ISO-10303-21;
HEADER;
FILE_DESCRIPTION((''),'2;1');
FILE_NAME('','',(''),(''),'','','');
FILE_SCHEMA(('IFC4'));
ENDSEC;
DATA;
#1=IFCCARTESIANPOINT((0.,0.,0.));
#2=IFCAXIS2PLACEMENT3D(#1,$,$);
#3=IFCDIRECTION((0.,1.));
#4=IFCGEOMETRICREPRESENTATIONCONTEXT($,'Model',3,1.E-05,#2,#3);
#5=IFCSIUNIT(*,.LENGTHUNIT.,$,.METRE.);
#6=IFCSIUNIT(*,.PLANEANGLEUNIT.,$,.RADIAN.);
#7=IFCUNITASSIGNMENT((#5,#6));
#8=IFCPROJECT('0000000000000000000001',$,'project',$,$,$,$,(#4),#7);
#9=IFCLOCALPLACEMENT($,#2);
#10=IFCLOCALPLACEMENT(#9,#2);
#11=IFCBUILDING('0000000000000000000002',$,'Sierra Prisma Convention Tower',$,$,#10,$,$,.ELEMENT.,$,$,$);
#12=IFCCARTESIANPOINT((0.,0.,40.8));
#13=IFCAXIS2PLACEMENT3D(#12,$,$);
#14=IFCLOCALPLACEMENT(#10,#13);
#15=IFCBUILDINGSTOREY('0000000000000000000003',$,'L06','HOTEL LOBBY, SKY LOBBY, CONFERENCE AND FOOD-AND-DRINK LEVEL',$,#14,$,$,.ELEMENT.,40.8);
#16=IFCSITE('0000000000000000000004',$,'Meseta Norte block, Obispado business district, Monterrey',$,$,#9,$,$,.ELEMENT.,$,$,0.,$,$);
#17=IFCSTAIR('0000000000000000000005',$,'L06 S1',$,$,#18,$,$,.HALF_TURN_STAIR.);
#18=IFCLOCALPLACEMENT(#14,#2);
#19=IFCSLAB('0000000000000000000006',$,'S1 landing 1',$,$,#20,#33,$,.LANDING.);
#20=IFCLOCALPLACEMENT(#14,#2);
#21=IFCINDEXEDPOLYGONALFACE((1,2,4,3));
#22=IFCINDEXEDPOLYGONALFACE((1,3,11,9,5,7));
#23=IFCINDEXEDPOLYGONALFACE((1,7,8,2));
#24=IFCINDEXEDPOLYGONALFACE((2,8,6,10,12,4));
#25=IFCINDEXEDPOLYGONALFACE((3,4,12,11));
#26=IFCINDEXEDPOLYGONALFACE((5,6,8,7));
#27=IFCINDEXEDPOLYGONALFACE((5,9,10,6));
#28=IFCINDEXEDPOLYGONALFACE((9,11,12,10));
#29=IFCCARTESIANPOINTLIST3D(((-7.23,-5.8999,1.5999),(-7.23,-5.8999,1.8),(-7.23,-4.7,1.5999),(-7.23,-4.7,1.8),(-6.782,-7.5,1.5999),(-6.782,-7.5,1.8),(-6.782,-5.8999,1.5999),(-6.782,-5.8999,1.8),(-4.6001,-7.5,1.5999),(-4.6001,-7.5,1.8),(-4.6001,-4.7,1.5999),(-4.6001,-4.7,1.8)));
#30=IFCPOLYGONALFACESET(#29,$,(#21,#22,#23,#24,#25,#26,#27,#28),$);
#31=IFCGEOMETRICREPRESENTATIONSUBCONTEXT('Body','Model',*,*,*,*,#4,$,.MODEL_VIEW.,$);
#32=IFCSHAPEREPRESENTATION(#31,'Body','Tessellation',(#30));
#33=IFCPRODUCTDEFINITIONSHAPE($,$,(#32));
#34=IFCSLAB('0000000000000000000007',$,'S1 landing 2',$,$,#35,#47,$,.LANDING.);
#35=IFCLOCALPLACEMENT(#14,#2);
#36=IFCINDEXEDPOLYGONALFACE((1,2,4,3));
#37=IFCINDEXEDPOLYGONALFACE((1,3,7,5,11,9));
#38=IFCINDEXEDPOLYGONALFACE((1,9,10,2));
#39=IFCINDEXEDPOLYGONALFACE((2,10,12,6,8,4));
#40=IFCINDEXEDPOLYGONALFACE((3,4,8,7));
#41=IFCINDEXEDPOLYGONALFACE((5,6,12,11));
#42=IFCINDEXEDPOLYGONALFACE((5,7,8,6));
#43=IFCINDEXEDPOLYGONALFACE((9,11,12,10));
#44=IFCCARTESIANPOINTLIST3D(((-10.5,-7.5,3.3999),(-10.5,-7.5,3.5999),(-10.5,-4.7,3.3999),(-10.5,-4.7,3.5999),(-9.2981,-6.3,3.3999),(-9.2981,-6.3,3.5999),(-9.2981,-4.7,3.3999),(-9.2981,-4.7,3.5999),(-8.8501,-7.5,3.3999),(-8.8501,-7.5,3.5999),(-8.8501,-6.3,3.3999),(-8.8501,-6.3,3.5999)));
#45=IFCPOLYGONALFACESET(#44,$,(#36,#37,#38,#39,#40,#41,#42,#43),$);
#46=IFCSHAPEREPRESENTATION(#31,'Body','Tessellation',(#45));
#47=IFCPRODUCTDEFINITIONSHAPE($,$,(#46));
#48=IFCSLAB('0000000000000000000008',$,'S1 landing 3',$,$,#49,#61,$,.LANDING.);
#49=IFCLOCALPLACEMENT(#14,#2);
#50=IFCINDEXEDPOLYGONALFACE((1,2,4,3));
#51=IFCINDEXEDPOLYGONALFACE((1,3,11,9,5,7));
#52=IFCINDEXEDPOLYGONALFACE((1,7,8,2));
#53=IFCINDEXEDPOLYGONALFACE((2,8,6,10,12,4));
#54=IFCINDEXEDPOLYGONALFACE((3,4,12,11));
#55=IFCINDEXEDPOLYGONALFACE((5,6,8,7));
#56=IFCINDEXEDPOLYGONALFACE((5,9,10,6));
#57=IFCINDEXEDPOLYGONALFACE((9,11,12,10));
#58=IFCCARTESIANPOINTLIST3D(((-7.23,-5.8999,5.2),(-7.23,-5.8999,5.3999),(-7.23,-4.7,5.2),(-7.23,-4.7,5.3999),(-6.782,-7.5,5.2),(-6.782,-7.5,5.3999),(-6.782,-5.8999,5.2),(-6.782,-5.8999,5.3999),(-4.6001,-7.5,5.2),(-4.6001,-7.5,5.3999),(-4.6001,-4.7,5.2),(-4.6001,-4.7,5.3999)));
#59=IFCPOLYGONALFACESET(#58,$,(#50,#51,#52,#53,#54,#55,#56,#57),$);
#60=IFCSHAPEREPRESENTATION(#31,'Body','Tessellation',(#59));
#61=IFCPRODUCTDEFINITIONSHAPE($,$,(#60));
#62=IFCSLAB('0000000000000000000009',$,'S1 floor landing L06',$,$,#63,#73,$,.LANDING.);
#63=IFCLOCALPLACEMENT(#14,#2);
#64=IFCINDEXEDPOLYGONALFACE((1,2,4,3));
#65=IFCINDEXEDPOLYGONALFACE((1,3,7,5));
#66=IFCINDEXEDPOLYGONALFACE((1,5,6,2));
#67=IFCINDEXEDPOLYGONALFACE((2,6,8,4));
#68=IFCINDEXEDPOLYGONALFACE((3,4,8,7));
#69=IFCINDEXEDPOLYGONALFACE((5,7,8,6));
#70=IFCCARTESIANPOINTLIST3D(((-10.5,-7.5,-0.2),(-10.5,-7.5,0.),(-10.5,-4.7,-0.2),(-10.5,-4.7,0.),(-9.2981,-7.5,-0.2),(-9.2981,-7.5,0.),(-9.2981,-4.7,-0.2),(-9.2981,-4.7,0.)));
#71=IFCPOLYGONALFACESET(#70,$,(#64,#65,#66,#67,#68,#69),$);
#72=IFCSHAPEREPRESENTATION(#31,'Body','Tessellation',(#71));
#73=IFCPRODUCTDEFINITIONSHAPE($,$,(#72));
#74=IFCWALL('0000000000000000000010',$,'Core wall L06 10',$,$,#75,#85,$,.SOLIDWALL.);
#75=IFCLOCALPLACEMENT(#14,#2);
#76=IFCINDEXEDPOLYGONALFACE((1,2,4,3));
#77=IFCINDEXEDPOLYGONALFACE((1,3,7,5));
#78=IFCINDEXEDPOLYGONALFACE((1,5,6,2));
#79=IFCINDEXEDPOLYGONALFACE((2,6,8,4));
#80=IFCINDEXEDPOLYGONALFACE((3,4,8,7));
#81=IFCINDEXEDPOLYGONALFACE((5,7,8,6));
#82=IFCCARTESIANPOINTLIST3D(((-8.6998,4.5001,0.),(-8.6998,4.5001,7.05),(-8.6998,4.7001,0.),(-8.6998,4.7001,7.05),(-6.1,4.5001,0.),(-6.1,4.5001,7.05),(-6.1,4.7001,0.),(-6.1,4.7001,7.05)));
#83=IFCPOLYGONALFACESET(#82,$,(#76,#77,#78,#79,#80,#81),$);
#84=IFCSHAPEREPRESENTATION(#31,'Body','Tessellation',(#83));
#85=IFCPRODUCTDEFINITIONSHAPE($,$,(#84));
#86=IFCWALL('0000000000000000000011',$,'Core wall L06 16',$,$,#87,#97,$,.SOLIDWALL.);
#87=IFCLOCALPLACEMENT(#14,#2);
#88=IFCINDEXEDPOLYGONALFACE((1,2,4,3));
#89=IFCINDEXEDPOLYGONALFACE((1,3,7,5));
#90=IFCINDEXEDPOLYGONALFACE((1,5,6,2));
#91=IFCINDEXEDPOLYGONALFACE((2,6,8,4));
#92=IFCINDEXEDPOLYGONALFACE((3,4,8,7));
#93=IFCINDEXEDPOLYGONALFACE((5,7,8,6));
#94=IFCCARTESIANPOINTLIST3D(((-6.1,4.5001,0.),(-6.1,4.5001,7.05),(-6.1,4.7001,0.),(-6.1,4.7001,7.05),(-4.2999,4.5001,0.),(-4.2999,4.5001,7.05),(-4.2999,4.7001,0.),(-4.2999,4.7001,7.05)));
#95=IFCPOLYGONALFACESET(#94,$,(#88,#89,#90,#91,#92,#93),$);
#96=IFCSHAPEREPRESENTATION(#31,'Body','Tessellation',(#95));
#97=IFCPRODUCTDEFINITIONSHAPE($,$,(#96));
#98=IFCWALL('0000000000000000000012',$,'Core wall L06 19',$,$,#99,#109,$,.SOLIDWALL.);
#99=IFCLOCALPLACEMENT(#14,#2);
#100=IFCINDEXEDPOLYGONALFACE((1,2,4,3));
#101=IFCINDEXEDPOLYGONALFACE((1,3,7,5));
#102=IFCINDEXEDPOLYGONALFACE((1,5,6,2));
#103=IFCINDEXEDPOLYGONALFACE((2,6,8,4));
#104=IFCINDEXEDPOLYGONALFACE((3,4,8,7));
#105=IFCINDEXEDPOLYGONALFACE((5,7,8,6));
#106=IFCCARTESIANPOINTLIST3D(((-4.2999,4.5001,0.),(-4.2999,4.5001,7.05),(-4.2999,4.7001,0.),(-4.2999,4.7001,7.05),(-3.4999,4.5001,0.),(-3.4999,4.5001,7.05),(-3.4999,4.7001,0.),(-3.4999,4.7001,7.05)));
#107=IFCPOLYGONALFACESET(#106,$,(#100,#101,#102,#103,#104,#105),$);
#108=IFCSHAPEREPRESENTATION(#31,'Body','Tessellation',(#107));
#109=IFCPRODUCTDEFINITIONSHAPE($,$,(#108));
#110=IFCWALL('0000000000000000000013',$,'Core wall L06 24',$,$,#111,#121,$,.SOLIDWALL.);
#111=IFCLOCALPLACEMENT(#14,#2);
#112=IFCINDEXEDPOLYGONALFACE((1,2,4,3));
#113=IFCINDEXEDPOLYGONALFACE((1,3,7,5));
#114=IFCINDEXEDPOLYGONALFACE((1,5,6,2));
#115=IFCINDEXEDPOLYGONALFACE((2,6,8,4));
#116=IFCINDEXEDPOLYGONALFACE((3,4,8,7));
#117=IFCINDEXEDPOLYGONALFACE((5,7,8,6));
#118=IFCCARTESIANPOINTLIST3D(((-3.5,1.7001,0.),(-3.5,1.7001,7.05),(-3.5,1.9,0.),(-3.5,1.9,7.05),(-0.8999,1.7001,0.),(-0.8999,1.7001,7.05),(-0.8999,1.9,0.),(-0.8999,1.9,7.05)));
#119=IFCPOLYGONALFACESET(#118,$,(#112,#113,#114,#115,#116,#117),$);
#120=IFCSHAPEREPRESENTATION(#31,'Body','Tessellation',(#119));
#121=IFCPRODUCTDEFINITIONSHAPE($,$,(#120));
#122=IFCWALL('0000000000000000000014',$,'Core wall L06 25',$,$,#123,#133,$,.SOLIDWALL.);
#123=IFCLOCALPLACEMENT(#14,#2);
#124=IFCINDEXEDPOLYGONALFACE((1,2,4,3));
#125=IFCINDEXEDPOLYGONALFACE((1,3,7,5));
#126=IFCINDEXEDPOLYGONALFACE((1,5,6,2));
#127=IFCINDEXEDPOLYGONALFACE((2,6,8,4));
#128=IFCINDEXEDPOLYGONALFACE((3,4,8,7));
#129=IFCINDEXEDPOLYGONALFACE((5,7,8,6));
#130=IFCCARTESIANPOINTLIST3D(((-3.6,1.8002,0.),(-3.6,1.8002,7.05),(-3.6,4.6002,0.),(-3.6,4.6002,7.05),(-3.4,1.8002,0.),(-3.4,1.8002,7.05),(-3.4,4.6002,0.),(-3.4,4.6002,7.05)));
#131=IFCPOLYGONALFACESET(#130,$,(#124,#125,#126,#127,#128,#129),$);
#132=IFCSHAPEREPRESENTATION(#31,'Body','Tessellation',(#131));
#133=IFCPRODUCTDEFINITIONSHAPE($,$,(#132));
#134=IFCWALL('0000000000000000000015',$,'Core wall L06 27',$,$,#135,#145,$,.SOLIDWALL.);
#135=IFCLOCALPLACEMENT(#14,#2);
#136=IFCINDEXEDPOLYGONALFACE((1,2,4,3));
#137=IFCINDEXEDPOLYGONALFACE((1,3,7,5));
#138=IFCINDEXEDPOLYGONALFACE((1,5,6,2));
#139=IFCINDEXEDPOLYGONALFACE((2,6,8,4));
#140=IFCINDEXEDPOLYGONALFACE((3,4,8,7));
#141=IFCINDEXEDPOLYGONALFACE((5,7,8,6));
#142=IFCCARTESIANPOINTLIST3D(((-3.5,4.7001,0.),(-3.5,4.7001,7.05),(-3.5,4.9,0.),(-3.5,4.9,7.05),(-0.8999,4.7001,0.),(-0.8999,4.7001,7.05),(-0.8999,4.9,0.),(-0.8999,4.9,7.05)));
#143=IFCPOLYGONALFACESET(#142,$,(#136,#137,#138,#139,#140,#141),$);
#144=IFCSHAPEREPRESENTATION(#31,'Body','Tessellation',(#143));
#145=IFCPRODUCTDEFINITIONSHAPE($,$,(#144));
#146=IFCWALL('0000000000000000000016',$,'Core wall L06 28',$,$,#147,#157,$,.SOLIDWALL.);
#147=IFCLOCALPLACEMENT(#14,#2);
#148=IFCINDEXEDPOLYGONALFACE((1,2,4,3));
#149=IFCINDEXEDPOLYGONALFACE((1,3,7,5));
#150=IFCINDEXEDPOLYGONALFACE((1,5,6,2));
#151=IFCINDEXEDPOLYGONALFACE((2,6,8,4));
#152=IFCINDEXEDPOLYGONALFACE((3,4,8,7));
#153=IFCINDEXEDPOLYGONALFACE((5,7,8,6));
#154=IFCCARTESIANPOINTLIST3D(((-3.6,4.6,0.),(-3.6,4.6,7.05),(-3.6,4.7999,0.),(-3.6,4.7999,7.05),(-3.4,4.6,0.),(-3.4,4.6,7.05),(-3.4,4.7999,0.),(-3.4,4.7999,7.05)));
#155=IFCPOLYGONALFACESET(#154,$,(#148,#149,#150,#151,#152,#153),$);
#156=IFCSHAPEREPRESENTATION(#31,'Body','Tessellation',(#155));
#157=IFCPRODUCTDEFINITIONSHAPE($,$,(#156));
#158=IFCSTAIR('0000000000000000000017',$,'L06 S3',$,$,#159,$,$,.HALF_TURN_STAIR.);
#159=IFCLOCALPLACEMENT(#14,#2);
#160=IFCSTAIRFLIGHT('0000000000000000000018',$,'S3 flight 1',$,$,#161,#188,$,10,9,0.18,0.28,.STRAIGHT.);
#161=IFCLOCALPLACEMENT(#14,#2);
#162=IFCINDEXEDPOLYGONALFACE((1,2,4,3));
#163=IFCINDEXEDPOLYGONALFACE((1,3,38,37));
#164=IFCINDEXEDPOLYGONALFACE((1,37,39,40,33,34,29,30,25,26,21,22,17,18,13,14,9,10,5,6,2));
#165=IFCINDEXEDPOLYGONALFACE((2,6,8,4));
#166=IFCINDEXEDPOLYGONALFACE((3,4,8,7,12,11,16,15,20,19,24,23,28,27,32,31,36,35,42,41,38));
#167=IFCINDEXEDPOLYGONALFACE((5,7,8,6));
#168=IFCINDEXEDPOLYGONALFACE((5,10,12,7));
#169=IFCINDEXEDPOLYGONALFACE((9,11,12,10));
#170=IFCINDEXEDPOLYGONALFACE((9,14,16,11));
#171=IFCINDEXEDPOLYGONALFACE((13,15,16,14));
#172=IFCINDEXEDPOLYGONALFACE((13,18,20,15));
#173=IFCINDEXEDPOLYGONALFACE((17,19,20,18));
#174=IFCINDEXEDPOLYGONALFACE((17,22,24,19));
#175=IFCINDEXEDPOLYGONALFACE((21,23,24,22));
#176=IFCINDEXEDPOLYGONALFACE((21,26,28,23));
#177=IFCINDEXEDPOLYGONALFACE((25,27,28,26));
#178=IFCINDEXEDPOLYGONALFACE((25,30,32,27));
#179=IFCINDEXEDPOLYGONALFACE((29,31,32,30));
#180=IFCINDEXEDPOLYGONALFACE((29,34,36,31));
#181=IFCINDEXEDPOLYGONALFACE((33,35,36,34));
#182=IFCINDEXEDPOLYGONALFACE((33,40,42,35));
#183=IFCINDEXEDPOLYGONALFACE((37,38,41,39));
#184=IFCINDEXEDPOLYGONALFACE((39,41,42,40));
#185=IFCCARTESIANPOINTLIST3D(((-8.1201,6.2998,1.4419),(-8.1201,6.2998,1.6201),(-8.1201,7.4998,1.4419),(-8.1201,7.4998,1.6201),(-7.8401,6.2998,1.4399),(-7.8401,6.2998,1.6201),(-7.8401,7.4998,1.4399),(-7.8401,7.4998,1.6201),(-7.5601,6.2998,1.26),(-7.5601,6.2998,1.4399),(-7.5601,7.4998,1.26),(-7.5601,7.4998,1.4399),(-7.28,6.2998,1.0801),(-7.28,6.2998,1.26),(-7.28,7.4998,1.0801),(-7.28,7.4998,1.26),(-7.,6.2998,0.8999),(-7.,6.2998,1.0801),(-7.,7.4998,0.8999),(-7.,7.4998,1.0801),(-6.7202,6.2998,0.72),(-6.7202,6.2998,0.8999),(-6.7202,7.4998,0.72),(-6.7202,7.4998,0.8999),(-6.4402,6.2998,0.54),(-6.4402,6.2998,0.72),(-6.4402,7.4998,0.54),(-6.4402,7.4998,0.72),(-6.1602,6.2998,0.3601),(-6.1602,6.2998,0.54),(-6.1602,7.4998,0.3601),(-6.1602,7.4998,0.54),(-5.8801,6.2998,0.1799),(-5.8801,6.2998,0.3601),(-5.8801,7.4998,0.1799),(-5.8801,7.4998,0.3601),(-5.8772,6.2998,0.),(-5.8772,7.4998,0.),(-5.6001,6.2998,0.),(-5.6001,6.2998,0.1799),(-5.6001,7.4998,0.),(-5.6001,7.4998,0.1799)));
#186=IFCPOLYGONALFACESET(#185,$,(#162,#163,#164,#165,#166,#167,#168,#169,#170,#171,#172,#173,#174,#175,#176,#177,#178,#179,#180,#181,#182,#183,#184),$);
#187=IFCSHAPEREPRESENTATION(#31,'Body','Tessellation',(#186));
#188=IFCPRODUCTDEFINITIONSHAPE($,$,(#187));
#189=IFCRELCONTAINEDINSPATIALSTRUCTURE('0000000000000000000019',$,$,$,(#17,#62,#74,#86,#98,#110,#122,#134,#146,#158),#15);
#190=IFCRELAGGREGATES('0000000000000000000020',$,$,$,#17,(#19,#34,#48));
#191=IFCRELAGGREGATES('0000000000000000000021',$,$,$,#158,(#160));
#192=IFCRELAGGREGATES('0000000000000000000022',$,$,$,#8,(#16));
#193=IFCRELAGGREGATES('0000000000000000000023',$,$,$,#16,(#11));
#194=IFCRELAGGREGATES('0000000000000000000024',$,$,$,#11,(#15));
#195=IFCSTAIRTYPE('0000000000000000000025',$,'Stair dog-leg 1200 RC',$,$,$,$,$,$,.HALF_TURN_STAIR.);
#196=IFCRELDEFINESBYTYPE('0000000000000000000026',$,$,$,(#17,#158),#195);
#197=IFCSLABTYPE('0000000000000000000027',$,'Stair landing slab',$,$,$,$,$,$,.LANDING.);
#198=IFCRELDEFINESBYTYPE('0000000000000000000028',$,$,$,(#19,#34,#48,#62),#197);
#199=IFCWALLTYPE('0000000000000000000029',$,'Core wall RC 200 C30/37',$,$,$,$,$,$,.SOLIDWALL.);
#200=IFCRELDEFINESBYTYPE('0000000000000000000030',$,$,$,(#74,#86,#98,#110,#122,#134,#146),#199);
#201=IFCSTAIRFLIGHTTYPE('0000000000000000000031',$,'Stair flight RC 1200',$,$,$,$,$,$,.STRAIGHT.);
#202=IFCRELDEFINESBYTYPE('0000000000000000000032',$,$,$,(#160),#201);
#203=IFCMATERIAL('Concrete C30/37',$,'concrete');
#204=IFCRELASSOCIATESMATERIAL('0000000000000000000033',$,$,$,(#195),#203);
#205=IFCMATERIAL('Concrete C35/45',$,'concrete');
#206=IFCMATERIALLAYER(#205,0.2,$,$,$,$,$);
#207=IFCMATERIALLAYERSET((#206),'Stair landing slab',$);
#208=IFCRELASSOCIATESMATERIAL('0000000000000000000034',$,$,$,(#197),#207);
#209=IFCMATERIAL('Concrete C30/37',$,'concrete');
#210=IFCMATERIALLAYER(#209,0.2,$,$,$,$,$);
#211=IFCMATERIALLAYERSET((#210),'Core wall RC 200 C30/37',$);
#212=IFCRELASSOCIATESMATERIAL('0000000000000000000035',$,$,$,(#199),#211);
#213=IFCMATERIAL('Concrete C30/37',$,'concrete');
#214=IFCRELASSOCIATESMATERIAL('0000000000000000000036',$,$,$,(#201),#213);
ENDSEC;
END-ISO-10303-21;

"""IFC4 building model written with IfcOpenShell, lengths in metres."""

from ifc_helpers import new_model, si_unit, direction, frame, frame_2d, origin, place, context, subcontext, project, spatial, polyline, rectangle, outline, extrude, material, layer, layer_set, type_object, element, aggregate, save


model = new_model("IFC4")

# Units and contexts
model_context = context("Model", 3, precision=1e-05, world=origin(), true_north=direction((0.0, 1.0)))
body_context = subcontext(model_context, "Body", "Model", "MODEL_VIEW")
ifc_project = project(units=[si_unit("LENGTHUNIT", "METRE"), si_unit("PLANEANGLEUNIT", "RADIAN")], contexts=[model_context])

# Site, building, storey
site_placement = place(None, origin())
site = spatial("IfcSite", under=ifc_project, at=site_placement, Name="Meseta Norte block, Obispado business district, Monterrey", CompositionType="ELEMENT", RefElevation=0.0)
building_placement = place(site_placement, origin())
building = spatial("IfcBuilding", under=site, at=building_placement, Name="Sierra Prisma Convention Tower", CompositionType="ELEMENT")
storey_placement = place(building_placement, frame((0.0, 0.0, 40.8)))
storey = spatial("IfcBuildingStorey", under=building, at=storey_placement, Name="L06", Description="HOTEL LOBBY, SKY LOBBY, CONFERENCE AND FOOD-AND-DRINK LEVEL", CompositionType="ELEMENT", Elevation=40.8)

# Stair, slabs
ifc_material_1 = material(Name="Concrete C30/37", Category="concrete")
stair_type = type_object("IfcStairType", Name="Stair dog-leg 1200 RC", PredefinedType="HALF_TURN_STAIR", material=ifc_material_1)
stair_1_placement = place(storey_placement, origin())
stair_1 = element("IfcStair", 1, at=stair_1_placement, inside=storey, type_object=stair_type, Name="L06 S1", PredefinedType="HALF_TURN_STAIR")
ifc_material_2 = material(Name="Concrete C35/45", Category="concrete")
ifc_layer_1 = layer(ifc_material_2, 0.2)
ifc_layer_set_1 = layer_set([ifc_layer_1], Name="Stair landing slab")
slab_type_1 = type_object("IfcSlabType", Name="Stair landing slab", PredefinedType="LANDING", material=ifc_layer_set_1)
slab_1_placement = place(storey_placement, frame((0.0, 0.0, 1.5999)))
slab_1 = element("IfcSlab", 2, at=slab_1_placement, type_object=slab_type_1, Name="S1 landing 1", PredefinedType="LANDING", context=body_context, shape_type="SweptSolid", body=[
    extrude(outline(polyline([(-4.6001, -4.7), (-4.6001, -7.5), (-6.782, -7.5), (-6.782, -5.8999), (-7.23, -5.8999), (-7.23, -4.7), (-4.6001, -4.7)])), origin(), (0.0, 0.0, 1.0), 0.2002),
])
slab_2_placement = place(storey_placement, frame((0.0, 0.0, 3.3999)))
slab_2 = element("IfcSlab", 3, at=slab_2_placement, type_object=slab_type_1, Name="S1 landing 2", PredefinedType="LANDING", context=body_context, shape_type="SweptSolid", body=[
    extrude(outline(polyline([(-10.5, -7.5), (-10.5, -4.7), (-9.2981, -4.7), (-9.2981, -6.3), (-8.8501, -6.3), (-8.8501, -7.5), (-10.5, -7.5)])), origin(), (0.0, 0.0, 1.0), 0.2),
])
slab_3_placement = place(storey_placement, frame((0.0, 0.0, 5.2)))
slab_3 = element("IfcSlab", 4, at=slab_3_placement, type_object=slab_type_1, Name="S1 landing 3", PredefinedType="LANDING", context=body_context, shape_type="SweptSolid", body=[
    extrude(outline(polyline([(-4.6001, -4.7), (-4.6001, -7.5), (-6.782, -7.5), (-6.782, -5.8999), (-7.23, -5.8999), (-7.23, -4.7), (-4.6001, -4.7)])), origin(), (0.0, 0.0, 1.0), 0.2),
])
aggregate(stair_1, [slab_1, slab_2, slab_3])

# Slab
slab_4_placement = place(storey_placement, frame((0.0, 0.0, -0.2)))
element("IfcSlab", 5, at=slab_4_placement, inside=storey, type_object=slab_type_1, Name="S1 floor landing L06", PredefinedType="LANDING", context=body_context, shape_type="SweptSolid", body=[
    extrude(outline(polyline([(-10.5, -7.5), (-9.2981, -7.5), (-9.2981, -4.7), (-10.5, -4.7), (-10.5, -7.5)])), origin(), (0.0, 0.0, 1.0), 0.2),
])

# Wall
ifc_material_3 = material(Name="Concrete C30/37", Category="concrete")
ifc_layer_2 = layer(ifc_material_3, 0.2)
ifc_layer_set_2 = layer_set([ifc_layer_2], Name="Core wall RC 200 C30/37")
wall_type = type_object("IfcWallType", Name="Core wall RC 200 C30/37", PredefinedType="SOLIDWALL", material=ifc_layer_set_2)
wall_1_placement = place(storey_placement, frame((-6.1001, 4.6001, 0.0), z_axis=(0.0, 0.0, 1.0), x_axis=(-1.0, 0.0, 0.0)))
element("IfcWall", 6, at=wall_1_placement, inside=storey, type_object=wall_type, Name="Core wall L06 10", PredefinedType="SOLIDWALL", context=body_context, shape_type="SweptSolid", body=[
    extrude(rectangle(XDim=2.5999, YDim=0.2, at=frame_2d((1.2998, 0.0))), origin(), (0.0, 0.0, 1.0), 7.05),
])

# Walls
wall_2_placement = place(storey_placement, frame((-4.3, 4.6001, 0.0), z_axis=(0.0, 0.0, 1.0), x_axis=(-1.0, 0.0, 0.0)))
element("IfcWall", 7, at=wall_2_placement, inside=storey, type_object=wall_type, Name="Core wall L06 16", PredefinedType="SOLIDWALL", context=body_context, shape_type="SweptSolid", body=[
    extrude(rectangle(XDim=1.8, YDim=0.2, at=frame_2d((0.8999, 0.0))), origin(), (0.0, 0.0, 1.0), 7.05),
])
wall_3_placement = place(storey_placement, frame((-3.5, 4.6001, 0.0), z_axis=(0.0, 0.0, 1.0), x_axis=(-1.0, 0.0, 0.0)))
element("IfcWall", 8, at=wall_3_placement, inside=storey, type_object=wall_type, Name="Core wall L06 19", PredefinedType="SOLIDWALL", context=body_context, shape_type="SweptSolid", body=[
    extrude(rectangle(XDim=0.8, YDim=0.2, at=frame_2d((0.3999, 0.0))), origin(), (0.0, 0.0, 1.0), 7.05),
])

# Walls
wall_4_placement = place(storey_placement, frame((-0.8999, 1.8, 0.0), z_axis=(0.0, 0.0, 1.0), x_axis=(-1.0, 0.0, 0.0)))
element("IfcWall", 9, at=wall_4_placement, inside=storey, type_object=wall_type, Name="Core wall L06 24", PredefinedType="SOLIDWALL", context=body_context, shape_type="SweptSolid", body=[
    extrude(rectangle(XDim=2.6001, YDim=0.2, at=frame_2d((1.3, 0.0))), origin(), (0.0, 0.0, 1.0), 7.05),
])
wall_5_placement = place(storey_placement, frame((-3.5, 4.6001, 0.0), z_axis=(0.0, 0.0, 1.0), x_axis=(0.0, -1.0, 0.0)))
element("IfcWall", 10, at=wall_5_placement, inside=storey, type_object=wall_type, Name="Core wall L06 25", PredefinedType="SOLIDWALL", context=body_context, shape_type="SweptSolid", body=[
    extrude(rectangle(XDim=2.8, YDim=0.2, at=frame_2d((1.3999, 0.0))), origin(), (0.0, 0.0, 1.0), 7.05),
])

# Walls
wall_6_placement = place(storey_placement, frame((-0.8999, 4.8, 0.0), z_axis=(0.0, 0.0, 1.0), x_axis=(-1.0, 0.0, 0.0)))
element("IfcWall", 11, at=wall_6_placement, inside=storey, type_object=wall_type, Name="Core wall L06 27", PredefinedType="SOLIDWALL", context=body_context, shape_type="SweptSolid", body=[
    extrude(rectangle(XDim=2.6001, YDim=0.2, at=frame_2d((1.3, 0.0))), origin(), (0.0, 0.0, 1.0), 7.05),
])
wall_7_placement = place(storey_placement, frame((-3.5, 4.8, 0.0), z_axis=(0.0, 0.0, 1.0), x_axis=(0.0, -1.0, 0.0)))
element("IfcWall", 12, at=wall_7_placement, inside=storey, type_object=wall_type, Name="Core wall L06 28", PredefinedType="SOLIDWALL", context=body_context, shape_type="SweptSolid", body=[
    extrude(rectangle(XDim=0.2, YDim=0.2, at=frame_2d((0.1001, 0.0))), origin(), (0.0, 0.0, 1.0), 7.05),
])

# Stair, stair flight
stair_2_placement = place(storey_placement, origin())
stair_2 = element("IfcStair", 13, at=stair_2_placement, inside=storey, type_object=stair_type, Name="L06 S3", PredefinedType="HALF_TURN_STAIR")
ifc_material_4 = material(Name="Concrete C30/37", Category="concrete")
stair_flight_type = type_object("IfcStairFlightType", Name="Stair flight RC 1200", PredefinedType="STRAIGHT", material=ifc_material_4)
stair_flight_1_placement = place(storey_placement, frame((-5.6001, 6.8999, 0.0), z_axis=(0.0, 0.0, 1.0), x_axis=(-1.0, 0.0, 0.0)))
stair_flight_1 = element("IfcStairFlight", 14, at=stair_flight_1_placement, type_object=stair_flight_type, Name="S3 flight 1", NumberOfRisers=10, NumberOfTreads=9, PredefinedType="STRAIGHT", RiserHeight=0.18, TreadLength=0.28, context=body_context, shape_type="SweptSolid", body=[
    extrude(outline(polyline([(0.0, 0.0), (0.0, 0.1799), (0.28, 0.1799), (0.28, 0.3601), (0.5601, 0.3601), (0.5601, 0.54), (0.8401, 0.54), (0.8401, 0.72), (1.1201, 0.72), (1.1201, 0.8999), (1.3999, 0.8999), (1.3999, 1.0801), (1.6799, 1.0801), (1.6799, 1.26), (1.96, 1.26), (1.96, 1.4399), (2.24, 1.4399), (2.24, 1.6201), (2.52, 1.6201), (2.52, 1.8), (2.52, 1.4419), (0.2771, 0.0), (0.0, 0.0)])), frame((0.0, 0.6001, 0.0), z_axis=(0.0, -1.0, 0.0), x_axis=(1.0, 0.0, 0.0)), (0.0, 0.0, 1.0), 1.2),
])
aggregate(stair_2, [stair_flight_1])

save(model, "model.ifc")
